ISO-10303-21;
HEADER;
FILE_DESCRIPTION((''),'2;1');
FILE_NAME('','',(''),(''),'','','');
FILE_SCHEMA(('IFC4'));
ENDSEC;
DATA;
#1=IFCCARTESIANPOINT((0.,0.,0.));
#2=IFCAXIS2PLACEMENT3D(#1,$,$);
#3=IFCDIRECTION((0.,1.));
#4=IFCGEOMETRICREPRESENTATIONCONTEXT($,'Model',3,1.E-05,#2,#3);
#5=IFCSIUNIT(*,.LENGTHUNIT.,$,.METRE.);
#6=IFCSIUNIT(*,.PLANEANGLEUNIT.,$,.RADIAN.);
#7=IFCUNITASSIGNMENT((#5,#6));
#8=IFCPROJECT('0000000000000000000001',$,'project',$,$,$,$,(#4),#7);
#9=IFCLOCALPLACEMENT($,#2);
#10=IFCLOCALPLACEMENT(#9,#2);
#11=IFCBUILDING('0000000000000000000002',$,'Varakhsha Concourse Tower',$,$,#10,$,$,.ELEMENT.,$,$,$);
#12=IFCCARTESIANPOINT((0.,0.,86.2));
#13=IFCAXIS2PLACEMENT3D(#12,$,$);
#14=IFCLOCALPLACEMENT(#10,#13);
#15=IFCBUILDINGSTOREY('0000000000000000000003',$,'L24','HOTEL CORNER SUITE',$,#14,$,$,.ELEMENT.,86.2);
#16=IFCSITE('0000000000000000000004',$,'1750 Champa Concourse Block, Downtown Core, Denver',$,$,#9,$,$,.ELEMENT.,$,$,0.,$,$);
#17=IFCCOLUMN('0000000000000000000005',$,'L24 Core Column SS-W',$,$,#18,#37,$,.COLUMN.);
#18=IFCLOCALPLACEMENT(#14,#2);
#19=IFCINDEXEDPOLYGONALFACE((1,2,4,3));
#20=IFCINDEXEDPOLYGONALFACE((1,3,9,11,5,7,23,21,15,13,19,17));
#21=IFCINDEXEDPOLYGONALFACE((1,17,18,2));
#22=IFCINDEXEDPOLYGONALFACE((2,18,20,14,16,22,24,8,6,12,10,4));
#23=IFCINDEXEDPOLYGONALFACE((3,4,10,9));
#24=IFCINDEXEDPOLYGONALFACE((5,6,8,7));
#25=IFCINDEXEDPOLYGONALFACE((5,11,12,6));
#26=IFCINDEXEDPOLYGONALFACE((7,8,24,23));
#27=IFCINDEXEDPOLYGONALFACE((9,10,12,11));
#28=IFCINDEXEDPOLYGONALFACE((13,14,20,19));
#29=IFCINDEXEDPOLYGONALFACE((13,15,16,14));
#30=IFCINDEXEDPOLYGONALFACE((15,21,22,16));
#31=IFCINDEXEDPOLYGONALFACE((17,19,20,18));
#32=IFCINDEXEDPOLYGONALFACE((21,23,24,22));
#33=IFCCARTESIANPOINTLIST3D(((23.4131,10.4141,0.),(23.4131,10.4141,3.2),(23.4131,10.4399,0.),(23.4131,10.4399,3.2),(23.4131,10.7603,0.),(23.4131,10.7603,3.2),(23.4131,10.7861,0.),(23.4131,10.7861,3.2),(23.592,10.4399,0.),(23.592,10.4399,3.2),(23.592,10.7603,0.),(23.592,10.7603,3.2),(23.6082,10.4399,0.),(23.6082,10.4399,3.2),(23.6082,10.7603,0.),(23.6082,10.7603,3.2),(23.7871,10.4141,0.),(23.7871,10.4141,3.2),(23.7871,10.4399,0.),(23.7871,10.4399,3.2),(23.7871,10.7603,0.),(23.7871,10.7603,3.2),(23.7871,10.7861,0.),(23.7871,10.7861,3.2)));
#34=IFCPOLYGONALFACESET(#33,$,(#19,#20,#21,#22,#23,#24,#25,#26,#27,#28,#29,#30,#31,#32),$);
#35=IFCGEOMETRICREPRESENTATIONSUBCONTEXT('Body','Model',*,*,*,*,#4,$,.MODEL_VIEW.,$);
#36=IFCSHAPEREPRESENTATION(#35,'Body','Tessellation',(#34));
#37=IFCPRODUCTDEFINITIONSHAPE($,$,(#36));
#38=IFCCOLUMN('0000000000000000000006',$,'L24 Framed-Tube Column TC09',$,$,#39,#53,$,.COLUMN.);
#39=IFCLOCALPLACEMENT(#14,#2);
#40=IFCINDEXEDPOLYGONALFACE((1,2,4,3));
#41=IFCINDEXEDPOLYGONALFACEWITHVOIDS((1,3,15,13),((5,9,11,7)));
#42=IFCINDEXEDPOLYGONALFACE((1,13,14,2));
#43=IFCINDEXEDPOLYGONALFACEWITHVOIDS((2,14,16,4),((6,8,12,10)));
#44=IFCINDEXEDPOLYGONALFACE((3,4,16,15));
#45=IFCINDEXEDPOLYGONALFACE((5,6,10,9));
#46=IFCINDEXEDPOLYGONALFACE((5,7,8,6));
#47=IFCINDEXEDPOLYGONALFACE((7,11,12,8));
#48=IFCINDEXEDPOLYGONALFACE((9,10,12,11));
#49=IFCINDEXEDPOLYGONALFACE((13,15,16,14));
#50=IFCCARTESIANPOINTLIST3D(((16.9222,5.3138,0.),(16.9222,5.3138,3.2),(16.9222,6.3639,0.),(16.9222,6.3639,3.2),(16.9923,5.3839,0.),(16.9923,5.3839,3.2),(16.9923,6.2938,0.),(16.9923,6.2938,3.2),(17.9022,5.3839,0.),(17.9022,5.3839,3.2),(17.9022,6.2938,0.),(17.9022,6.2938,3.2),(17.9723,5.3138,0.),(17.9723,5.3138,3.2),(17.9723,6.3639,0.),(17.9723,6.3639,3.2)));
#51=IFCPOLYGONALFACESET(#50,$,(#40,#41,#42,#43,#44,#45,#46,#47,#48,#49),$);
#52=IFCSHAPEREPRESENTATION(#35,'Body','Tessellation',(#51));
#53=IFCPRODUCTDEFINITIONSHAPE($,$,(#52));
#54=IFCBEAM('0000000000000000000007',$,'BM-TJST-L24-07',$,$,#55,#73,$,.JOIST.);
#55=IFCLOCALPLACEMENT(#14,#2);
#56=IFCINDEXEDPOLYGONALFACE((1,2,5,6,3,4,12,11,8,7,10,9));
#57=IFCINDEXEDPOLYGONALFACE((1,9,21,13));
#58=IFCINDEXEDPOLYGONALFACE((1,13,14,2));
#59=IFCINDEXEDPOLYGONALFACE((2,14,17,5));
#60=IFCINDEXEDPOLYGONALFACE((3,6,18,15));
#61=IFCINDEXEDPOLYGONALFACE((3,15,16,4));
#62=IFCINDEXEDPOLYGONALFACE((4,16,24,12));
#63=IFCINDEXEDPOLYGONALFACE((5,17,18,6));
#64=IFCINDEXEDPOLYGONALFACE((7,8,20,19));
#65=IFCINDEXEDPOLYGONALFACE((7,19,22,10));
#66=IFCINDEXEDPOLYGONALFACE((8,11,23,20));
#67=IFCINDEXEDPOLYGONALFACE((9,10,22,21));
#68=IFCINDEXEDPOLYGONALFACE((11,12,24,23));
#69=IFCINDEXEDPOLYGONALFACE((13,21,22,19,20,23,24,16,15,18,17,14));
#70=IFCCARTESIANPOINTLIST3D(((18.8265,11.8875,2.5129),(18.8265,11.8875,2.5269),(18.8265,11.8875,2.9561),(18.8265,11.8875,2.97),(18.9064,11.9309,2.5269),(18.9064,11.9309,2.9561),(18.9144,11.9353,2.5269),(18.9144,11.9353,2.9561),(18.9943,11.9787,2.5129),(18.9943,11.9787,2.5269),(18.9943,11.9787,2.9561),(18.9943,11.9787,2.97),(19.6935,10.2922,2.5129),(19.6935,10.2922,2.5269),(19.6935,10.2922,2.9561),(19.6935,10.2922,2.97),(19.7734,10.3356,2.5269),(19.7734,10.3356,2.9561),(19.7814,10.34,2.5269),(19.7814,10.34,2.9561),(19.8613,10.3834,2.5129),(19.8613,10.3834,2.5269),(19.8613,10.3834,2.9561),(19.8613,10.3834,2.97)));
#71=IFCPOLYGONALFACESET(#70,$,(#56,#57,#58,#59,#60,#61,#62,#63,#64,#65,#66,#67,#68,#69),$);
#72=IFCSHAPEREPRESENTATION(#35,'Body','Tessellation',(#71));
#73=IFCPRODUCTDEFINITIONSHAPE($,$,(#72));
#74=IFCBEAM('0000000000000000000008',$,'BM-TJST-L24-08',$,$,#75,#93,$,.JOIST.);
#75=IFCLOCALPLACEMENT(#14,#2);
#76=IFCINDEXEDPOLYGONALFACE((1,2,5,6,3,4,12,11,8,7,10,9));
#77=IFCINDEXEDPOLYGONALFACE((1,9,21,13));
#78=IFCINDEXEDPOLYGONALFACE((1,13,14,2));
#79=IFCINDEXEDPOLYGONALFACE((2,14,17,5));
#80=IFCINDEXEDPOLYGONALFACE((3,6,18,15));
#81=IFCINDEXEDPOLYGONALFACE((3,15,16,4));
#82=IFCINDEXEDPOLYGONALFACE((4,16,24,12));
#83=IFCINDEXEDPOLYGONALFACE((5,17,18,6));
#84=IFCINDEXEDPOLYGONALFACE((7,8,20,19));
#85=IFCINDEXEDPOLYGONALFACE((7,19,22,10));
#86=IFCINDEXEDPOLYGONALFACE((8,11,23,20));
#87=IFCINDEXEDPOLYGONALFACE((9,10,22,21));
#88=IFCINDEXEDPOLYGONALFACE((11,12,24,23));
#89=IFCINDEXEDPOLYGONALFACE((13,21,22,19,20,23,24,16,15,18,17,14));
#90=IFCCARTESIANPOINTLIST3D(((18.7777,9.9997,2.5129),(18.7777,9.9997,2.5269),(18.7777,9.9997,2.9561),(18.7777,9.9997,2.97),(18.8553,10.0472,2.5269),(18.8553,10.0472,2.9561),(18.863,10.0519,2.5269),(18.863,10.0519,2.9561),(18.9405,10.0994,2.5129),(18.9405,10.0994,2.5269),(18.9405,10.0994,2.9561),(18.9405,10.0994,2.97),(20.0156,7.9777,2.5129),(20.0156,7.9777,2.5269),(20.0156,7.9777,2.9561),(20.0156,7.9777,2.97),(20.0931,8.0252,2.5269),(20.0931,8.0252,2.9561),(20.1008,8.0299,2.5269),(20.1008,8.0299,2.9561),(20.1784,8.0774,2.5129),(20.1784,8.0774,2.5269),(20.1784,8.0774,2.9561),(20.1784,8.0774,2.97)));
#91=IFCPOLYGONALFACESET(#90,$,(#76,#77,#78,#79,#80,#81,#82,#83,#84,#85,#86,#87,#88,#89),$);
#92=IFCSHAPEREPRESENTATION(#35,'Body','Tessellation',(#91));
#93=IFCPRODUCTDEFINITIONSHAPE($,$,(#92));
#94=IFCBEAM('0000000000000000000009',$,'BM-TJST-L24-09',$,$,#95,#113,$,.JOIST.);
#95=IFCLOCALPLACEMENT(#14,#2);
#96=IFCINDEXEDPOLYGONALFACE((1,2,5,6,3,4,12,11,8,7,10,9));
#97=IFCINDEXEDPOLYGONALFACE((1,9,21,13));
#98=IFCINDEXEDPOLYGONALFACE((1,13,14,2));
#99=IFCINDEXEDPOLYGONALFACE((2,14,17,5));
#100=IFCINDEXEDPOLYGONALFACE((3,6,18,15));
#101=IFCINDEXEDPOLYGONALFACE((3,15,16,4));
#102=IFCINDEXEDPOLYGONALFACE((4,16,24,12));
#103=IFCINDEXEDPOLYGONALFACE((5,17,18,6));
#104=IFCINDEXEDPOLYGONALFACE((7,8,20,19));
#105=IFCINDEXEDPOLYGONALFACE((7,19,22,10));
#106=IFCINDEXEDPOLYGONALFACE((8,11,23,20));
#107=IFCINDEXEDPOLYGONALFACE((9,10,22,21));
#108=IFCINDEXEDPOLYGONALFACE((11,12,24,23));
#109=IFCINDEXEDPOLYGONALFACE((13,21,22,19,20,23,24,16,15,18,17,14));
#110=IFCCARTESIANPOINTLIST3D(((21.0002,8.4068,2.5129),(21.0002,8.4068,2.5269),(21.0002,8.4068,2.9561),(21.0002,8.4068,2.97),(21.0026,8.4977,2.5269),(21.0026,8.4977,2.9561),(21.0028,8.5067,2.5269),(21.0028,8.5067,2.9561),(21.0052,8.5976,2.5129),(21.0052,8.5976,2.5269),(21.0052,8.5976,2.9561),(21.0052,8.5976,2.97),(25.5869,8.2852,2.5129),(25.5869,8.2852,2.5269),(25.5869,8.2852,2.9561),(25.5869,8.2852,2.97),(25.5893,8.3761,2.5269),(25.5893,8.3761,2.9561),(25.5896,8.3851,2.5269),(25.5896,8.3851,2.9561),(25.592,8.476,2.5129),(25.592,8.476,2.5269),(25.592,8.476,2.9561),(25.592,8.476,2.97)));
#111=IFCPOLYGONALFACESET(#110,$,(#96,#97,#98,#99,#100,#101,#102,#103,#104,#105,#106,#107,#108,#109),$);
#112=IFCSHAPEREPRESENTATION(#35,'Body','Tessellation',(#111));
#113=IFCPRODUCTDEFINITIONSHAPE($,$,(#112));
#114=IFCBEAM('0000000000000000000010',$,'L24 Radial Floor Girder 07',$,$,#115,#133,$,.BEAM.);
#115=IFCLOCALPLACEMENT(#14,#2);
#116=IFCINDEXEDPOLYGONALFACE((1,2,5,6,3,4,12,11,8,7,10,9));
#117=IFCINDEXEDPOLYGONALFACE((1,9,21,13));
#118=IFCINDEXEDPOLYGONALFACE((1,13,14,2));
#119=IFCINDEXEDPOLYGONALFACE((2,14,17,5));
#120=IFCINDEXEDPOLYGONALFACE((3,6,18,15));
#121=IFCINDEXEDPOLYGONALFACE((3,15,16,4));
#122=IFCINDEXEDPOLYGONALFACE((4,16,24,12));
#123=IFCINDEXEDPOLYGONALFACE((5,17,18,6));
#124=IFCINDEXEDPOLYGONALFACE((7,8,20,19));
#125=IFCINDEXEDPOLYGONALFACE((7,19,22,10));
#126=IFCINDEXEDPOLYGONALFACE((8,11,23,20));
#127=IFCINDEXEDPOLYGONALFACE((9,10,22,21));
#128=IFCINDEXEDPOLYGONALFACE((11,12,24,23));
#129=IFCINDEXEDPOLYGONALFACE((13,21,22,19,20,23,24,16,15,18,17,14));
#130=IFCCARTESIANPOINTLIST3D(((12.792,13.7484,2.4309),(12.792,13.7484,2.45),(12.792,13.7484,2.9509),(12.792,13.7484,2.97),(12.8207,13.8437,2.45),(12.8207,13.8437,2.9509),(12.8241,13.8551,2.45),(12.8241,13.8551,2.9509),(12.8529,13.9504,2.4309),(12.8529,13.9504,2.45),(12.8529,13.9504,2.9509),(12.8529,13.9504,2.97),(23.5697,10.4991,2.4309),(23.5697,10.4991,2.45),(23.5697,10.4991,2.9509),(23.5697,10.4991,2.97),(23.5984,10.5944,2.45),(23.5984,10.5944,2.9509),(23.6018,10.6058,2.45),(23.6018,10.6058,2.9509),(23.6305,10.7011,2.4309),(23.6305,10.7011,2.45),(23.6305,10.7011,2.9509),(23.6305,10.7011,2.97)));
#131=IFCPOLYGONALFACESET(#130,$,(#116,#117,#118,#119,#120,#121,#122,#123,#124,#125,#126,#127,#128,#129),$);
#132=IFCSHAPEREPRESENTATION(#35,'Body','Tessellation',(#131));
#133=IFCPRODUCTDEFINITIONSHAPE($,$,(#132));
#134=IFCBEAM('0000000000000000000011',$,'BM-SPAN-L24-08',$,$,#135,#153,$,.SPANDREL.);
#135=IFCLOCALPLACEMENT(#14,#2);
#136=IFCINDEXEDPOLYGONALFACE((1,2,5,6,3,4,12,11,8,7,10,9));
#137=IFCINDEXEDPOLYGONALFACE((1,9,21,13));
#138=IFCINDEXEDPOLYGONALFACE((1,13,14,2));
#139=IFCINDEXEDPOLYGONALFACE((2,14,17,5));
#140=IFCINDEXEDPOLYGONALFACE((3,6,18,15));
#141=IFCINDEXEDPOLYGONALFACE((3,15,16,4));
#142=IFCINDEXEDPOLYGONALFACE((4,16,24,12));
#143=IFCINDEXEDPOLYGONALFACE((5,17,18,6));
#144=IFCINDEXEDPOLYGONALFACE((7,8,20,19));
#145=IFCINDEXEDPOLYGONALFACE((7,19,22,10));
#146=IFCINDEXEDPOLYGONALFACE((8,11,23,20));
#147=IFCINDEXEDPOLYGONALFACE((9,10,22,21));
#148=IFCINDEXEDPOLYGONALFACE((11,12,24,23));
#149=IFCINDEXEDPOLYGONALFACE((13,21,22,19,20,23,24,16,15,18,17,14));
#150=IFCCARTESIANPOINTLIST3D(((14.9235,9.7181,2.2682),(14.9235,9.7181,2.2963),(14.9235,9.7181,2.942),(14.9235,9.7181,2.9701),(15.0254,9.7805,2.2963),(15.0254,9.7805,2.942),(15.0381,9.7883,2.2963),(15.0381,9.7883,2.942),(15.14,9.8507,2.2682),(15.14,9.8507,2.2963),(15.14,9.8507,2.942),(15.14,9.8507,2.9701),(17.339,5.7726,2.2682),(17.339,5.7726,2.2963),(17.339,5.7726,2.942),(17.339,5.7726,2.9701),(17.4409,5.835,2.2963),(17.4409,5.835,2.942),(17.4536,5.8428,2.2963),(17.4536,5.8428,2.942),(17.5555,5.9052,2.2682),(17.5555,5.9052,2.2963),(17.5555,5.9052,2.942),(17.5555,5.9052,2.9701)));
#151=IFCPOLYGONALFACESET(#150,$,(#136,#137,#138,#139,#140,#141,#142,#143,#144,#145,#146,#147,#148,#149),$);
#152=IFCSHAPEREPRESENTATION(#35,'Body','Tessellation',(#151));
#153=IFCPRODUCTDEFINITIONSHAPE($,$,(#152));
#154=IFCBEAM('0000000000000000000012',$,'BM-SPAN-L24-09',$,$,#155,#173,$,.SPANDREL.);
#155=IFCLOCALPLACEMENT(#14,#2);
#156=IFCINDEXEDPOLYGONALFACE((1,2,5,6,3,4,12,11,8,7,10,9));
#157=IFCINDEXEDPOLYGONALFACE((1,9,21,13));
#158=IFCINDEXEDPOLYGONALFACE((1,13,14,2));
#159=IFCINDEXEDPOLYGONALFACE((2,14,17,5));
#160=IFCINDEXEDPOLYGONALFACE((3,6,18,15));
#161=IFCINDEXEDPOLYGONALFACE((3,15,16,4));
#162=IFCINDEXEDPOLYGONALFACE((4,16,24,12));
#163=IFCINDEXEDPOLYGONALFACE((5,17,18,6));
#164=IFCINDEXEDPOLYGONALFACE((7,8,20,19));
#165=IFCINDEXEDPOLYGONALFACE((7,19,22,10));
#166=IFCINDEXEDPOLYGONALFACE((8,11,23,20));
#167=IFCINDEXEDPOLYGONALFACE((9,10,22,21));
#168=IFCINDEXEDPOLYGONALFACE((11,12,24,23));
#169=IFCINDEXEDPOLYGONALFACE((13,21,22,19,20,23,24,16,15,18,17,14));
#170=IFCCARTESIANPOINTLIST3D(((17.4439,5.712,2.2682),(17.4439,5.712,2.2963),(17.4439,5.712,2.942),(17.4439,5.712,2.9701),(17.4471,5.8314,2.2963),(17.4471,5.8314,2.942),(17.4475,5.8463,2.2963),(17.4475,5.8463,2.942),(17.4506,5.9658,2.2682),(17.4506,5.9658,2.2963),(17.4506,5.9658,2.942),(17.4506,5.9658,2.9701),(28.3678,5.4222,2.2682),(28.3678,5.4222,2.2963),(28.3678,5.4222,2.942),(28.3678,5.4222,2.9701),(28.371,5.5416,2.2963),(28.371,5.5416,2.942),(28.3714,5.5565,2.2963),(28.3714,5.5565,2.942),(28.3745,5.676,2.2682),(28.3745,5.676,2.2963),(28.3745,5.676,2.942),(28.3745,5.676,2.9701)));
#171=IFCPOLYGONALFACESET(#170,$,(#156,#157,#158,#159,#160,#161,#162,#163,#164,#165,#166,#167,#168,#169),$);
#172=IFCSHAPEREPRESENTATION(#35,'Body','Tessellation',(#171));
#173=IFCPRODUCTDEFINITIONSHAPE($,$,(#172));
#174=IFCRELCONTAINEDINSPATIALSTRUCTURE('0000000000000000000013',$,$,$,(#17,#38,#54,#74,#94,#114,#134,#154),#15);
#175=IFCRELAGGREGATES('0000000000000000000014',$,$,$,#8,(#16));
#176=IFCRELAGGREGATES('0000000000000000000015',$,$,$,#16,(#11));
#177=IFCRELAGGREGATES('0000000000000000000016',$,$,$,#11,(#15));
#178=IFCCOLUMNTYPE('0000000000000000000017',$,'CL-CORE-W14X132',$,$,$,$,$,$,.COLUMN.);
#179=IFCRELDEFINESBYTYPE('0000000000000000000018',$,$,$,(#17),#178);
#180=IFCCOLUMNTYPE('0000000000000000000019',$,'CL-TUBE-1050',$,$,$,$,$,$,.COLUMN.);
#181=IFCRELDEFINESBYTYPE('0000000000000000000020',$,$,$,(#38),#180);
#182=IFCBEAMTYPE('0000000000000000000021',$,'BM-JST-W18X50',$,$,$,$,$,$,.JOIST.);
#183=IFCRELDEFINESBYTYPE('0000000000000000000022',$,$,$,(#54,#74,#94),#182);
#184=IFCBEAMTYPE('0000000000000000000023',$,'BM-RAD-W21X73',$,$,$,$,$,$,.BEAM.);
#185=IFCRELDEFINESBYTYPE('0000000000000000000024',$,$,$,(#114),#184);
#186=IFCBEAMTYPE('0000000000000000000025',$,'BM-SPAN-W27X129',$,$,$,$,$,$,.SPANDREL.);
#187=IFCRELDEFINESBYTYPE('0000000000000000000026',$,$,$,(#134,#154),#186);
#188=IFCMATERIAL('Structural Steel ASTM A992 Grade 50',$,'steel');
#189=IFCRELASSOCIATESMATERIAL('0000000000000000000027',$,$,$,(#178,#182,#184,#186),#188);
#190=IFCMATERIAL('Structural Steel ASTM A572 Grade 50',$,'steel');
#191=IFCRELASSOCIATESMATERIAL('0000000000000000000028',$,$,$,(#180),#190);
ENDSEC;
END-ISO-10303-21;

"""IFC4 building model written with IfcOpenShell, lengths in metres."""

from ifc_helpers import new_model, si_unit, direction, frame, origin, origin_2d, place, context, subcontext, project, spatial, hollow_rectangle, i_section, extrude, material, material_profile, profile_set, type_object, element, save


model = new_model("IFC4")

# Units and contexts
model_context = context("Model", 3, precision=1e-05, world=origin(), true_north=direction((0.0, 1.0)))
body_context = subcontext(model_context, "Body", "Model", "MODEL_VIEW")
ifc_project = project(units=[si_unit("LENGTHUNIT", "METRE"), si_unit("PLANEANGLEUNIT", "RADIAN")], contexts=[model_context])

# Site, building, storey
site_placement = place(None, origin())
site = spatial("IfcSite", under=ifc_project, at=site_placement, Name="1750 Champa Concourse Block, Downtown Core, Denver", CompositionType="ELEMENT", RefElevation=0.0)
building_placement = place(site_placement, origin())
building = spatial("IfcBuilding", under=site, at=building_placement, Name="Varakhsha Concourse Tower", CompositionType="ELEMENT")
storey_placement = place(building_placement, frame((0.0, 0.0, 86.2)))
storey = spatial("IfcBuildingStorey", under=building, at=storey_placement, Name="L24", Description="HOTEL CORNER SUITE", CompositionType="ELEMENT", Elevation=86.2)

# Columns
ifc_material_1 = material(Name="Structural Steel ASTM A992 Grade 50", Category="steel")
ifc_material_profile_1 = material_profile(ifc_material_1, i_section(OverallWidth=0.374, OverallDepth=0.3721, WebThickness=0.0161, FlangeThickness=0.0259, at=origin_2d()), Name="W14X132")
ifc_profile_set_1 = profile_set([ifc_material_profile_1], Name="Structural Steel ASTM A992 Grade 50")
column_type_1 = type_object("IfcColumnType", Name="CL-CORE-W14X132", PredefinedType="COLUMN", material=ifc_profile_set_1)
column_1_placement = place(storey_placement, frame((23.6001, 10.6001, 0.0), z_axis=(0.0, 0.0, 1.0), x_axis=(1.0, 0.0, 0.0)))
element("IfcColumn", 1, at=column_1_placement, inside=storey, type_object=column_type_1, Name="L24 Core Column SS-W", PredefinedType="COLUMN", context=body_context, shape_type="SweptSolid", body=[
    extrude(i_section(OverallWidth=0.374, OverallDepth=0.3721, WebThickness=0.0161, FlangeThickness=0.0259, at=origin_2d()), origin(), (0.0, 0.0, 1.0), 3.2),
])
ifc_material_2 = material(Name="Structural Steel ASTM A572 Grade 50", Category="steel")
ifc_material_profile_2 = material_profile(ifc_material_2, hollow_rectangle(XDim=1.05, YDim=1.05, WallThickness=0.0701, at=origin_2d()), Name="BOX 1050x1050x70")
ifc_profile_set_2 = profile_set([ifc_material_profile_2], Name="Structural Steel ASTM A572 Grade 50")
column_type_2 = type_object("IfcColumnType", Name="CL-TUBE-1050", PredefinedType="COLUMN", material=ifc_profile_set_2)
column_2_placement = place(storey_placement, frame((17.4473, 5.8389, 0.0), z_axis=(0.0, 0.0, 1.0), x_axis=(1.0, 0.0, 0.0)))
element("IfcColumn", 2, at=column_2_placement, inside=storey, type_object=column_type_2, Name="L24 Framed-Tube Column TC09", PredefinedType="COLUMN", context=body_context, shape_type="SweptSolid", body=[
    extrude(hollow_rectangle(XDim=1.05, YDim=1.05, WallThickness=0.0701, at=origin_2d()), origin(), (0.0, 0.0, 1.0), 3.2),
])

# Beams
ifc_material_profile_3 = material_profile(ifc_material_1, i_section(OverallWidth=0.1909, OverallDepth=0.457, WebThickness=0.009, FlangeThickness=0.0139, at=origin_2d()), Name="W18X50")
ifc_profile_set_3 = profile_set([ifc_material_profile_3], Name="Structural Steel ASTM A992 Grade 50")
beam_type_1 = type_object("IfcBeamType", Name="BM-JST-W18X50", PredefinedType="JOIST", material=ifc_profile_set_3)
beam_1_placement = place(storey_placement, frame((18.9104, 11.9331, 2.7415), z_axis=(0.477504, -0.878629, 0.0), x_axis=(0.878629, 0.477504, 0.0)))
element("IfcBeam", 3, at=beam_1_placement, inside=storey, type_object=beam_type_1, Name="BM-TJST-L24-07", PredefinedType="JOIST", context=body_context, shape_type="SweptSolid", body=[
    extrude(i_section(OverallWidth=0.1909, OverallDepth=0.457, WebThickness=0.009, FlangeThickness=0.0139, at=origin_2d()), origin(), (0.0, 0.0, 1.0), 1.8157),
])
beam_2_placement = place(storey_placement, frame((18.8591, 10.0496, 2.7415), z_axis=(0.522108, -0.852879, 0.0), x_axis=(0.852879, 0.522108, 0.0)))
element("IfcBeam", 4, at=beam_2_placement, inside=storey, type_object=beam_type_1, Name="BM-TJST-L24-08", PredefinedType="JOIST", context=body_context, shape_type="SweptSolid", body=[
    extrude(i_section(OverallWidth=0.1909, OverallDepth=0.457, WebThickness=0.009, FlangeThickness=0.0139, at=origin_2d()), origin(), (0.0, 0.0, 1.0), 2.3708),
])
beam_3_placement = place(storey_placement, frame((21.0027, 8.5022, 2.7415), z_axis=(0.999649, -0.026498, 0.0), x_axis=(0.026498, 0.999649, 0.0)))
element("IfcBeam", 5, at=beam_3_placement, inside=storey, type_object=beam_type_1, Name="BM-TJST-L24-09", PredefinedType="JOIST", context=body_context, shape_type="SweptSolid", body=[
    extrude(i_section(OverallWidth=0.1909, OverallDepth=0.457, WebThickness=0.009, FlangeThickness=0.0139, at=origin_2d()), origin(), (0.0, 0.0, 1.0), 4.5884),
])
ifc_material_profile_4 = material_profile(ifc_material_1, i_section(OverallWidth=0.2109, OverallDepth=0.5391, WebThickness=0.012, FlangeThickness=0.019, at=origin_2d()), Name="W21X73")
ifc_profile_set_4 = profile_set([ifc_material_profile_4], Name="Structural Steel ASTM A992 Grade 50")
beam_type_2 = type_object("IfcBeamType", Name="BM-RAD-W21X73", PredefinedType="BEAM", material=ifc_profile_set_4)
beam_4_placement = place(storey_placement, frame((23.6001, 10.6001, 2.7004), z_axis=(-0.957434, 0.288651, 0.0), x_axis=(-0.288651, -0.957434, 0.0)))
element("IfcBeam", 6, at=beam_4_placement, inside=storey, type_object=beam_type_2, Name="L24 Radial Floor Girder 07", PredefinedType="BEAM", context=body_context, shape_type="SweptSolid", body=[
    extrude(i_section(OverallWidth=0.2109, OverallDepth=0.5391, WebThickness=0.012, FlangeThickness=0.019, at=origin_2d()), origin(), (0.0, 0.0, 1.0), 11.2568),
])
ifc_material_profile_5 = material_profile(ifc_material_1, i_section(OverallWidth=0.2539, OverallDepth=0.7019, WebThickness=0.0149, FlangeThickness=0.0281, at=origin_2d()), Name="W27X129")
ifc_profile_set_5 = profile_set([ifc_material_profile_5], Name="Structural Steel ASTM A992 Grade 50")
beam_type_3 = type_object("IfcBeamType", Name="BM-SPAN-W27X129", PredefinedType="SPANDREL", material=ifc_profile_set_5)
beam_5_placement = place(storey_placement, frame((15.0317, 9.7844, 2.6191), z_axis=(0.522135, -0.852863, 0.0), x_axis=(0.852863, 0.522135, 0.0)))
element("IfcBeam", 7, at=beam_5_placement, inside=storey, type_object=beam_type_3, Name="BM-SPAN-L24-08", PredefinedType="SPANDREL", context=body_context, shape_type="SweptSolid", body=[
    extrude(i_section(OverallWidth=0.2539, OverallDepth=0.7019, WebThickness=0.0149, FlangeThickness=0.0281, at=origin_2d()), origin(), (0.0, 0.0, 1.0), 4.6262),
])
beam_6_placement = place(storey_placement, frame((17.4473, 5.8389, 2.6191), z_axis=(0.999648, -0.026519, 0.0), x_axis=(0.026519, 0.999648, 0.0)))
element("IfcBeam", 8, at=beam_6_placement, inside=storey, type_object=beam_type_3, Name="BM-SPAN-L24-09", PredefinedType="SPANDREL", context=body_context, shape_type="SweptSolid", body=[
    extrude(i_section(OverallWidth=0.2539, OverallDepth=0.7019, WebThickness=0.0149, FlangeThickness=0.0281, at=origin_2d()), origin(), (0.0, 0.0, 1.0), 10.9277),
])

save(model, "model.ifc")
